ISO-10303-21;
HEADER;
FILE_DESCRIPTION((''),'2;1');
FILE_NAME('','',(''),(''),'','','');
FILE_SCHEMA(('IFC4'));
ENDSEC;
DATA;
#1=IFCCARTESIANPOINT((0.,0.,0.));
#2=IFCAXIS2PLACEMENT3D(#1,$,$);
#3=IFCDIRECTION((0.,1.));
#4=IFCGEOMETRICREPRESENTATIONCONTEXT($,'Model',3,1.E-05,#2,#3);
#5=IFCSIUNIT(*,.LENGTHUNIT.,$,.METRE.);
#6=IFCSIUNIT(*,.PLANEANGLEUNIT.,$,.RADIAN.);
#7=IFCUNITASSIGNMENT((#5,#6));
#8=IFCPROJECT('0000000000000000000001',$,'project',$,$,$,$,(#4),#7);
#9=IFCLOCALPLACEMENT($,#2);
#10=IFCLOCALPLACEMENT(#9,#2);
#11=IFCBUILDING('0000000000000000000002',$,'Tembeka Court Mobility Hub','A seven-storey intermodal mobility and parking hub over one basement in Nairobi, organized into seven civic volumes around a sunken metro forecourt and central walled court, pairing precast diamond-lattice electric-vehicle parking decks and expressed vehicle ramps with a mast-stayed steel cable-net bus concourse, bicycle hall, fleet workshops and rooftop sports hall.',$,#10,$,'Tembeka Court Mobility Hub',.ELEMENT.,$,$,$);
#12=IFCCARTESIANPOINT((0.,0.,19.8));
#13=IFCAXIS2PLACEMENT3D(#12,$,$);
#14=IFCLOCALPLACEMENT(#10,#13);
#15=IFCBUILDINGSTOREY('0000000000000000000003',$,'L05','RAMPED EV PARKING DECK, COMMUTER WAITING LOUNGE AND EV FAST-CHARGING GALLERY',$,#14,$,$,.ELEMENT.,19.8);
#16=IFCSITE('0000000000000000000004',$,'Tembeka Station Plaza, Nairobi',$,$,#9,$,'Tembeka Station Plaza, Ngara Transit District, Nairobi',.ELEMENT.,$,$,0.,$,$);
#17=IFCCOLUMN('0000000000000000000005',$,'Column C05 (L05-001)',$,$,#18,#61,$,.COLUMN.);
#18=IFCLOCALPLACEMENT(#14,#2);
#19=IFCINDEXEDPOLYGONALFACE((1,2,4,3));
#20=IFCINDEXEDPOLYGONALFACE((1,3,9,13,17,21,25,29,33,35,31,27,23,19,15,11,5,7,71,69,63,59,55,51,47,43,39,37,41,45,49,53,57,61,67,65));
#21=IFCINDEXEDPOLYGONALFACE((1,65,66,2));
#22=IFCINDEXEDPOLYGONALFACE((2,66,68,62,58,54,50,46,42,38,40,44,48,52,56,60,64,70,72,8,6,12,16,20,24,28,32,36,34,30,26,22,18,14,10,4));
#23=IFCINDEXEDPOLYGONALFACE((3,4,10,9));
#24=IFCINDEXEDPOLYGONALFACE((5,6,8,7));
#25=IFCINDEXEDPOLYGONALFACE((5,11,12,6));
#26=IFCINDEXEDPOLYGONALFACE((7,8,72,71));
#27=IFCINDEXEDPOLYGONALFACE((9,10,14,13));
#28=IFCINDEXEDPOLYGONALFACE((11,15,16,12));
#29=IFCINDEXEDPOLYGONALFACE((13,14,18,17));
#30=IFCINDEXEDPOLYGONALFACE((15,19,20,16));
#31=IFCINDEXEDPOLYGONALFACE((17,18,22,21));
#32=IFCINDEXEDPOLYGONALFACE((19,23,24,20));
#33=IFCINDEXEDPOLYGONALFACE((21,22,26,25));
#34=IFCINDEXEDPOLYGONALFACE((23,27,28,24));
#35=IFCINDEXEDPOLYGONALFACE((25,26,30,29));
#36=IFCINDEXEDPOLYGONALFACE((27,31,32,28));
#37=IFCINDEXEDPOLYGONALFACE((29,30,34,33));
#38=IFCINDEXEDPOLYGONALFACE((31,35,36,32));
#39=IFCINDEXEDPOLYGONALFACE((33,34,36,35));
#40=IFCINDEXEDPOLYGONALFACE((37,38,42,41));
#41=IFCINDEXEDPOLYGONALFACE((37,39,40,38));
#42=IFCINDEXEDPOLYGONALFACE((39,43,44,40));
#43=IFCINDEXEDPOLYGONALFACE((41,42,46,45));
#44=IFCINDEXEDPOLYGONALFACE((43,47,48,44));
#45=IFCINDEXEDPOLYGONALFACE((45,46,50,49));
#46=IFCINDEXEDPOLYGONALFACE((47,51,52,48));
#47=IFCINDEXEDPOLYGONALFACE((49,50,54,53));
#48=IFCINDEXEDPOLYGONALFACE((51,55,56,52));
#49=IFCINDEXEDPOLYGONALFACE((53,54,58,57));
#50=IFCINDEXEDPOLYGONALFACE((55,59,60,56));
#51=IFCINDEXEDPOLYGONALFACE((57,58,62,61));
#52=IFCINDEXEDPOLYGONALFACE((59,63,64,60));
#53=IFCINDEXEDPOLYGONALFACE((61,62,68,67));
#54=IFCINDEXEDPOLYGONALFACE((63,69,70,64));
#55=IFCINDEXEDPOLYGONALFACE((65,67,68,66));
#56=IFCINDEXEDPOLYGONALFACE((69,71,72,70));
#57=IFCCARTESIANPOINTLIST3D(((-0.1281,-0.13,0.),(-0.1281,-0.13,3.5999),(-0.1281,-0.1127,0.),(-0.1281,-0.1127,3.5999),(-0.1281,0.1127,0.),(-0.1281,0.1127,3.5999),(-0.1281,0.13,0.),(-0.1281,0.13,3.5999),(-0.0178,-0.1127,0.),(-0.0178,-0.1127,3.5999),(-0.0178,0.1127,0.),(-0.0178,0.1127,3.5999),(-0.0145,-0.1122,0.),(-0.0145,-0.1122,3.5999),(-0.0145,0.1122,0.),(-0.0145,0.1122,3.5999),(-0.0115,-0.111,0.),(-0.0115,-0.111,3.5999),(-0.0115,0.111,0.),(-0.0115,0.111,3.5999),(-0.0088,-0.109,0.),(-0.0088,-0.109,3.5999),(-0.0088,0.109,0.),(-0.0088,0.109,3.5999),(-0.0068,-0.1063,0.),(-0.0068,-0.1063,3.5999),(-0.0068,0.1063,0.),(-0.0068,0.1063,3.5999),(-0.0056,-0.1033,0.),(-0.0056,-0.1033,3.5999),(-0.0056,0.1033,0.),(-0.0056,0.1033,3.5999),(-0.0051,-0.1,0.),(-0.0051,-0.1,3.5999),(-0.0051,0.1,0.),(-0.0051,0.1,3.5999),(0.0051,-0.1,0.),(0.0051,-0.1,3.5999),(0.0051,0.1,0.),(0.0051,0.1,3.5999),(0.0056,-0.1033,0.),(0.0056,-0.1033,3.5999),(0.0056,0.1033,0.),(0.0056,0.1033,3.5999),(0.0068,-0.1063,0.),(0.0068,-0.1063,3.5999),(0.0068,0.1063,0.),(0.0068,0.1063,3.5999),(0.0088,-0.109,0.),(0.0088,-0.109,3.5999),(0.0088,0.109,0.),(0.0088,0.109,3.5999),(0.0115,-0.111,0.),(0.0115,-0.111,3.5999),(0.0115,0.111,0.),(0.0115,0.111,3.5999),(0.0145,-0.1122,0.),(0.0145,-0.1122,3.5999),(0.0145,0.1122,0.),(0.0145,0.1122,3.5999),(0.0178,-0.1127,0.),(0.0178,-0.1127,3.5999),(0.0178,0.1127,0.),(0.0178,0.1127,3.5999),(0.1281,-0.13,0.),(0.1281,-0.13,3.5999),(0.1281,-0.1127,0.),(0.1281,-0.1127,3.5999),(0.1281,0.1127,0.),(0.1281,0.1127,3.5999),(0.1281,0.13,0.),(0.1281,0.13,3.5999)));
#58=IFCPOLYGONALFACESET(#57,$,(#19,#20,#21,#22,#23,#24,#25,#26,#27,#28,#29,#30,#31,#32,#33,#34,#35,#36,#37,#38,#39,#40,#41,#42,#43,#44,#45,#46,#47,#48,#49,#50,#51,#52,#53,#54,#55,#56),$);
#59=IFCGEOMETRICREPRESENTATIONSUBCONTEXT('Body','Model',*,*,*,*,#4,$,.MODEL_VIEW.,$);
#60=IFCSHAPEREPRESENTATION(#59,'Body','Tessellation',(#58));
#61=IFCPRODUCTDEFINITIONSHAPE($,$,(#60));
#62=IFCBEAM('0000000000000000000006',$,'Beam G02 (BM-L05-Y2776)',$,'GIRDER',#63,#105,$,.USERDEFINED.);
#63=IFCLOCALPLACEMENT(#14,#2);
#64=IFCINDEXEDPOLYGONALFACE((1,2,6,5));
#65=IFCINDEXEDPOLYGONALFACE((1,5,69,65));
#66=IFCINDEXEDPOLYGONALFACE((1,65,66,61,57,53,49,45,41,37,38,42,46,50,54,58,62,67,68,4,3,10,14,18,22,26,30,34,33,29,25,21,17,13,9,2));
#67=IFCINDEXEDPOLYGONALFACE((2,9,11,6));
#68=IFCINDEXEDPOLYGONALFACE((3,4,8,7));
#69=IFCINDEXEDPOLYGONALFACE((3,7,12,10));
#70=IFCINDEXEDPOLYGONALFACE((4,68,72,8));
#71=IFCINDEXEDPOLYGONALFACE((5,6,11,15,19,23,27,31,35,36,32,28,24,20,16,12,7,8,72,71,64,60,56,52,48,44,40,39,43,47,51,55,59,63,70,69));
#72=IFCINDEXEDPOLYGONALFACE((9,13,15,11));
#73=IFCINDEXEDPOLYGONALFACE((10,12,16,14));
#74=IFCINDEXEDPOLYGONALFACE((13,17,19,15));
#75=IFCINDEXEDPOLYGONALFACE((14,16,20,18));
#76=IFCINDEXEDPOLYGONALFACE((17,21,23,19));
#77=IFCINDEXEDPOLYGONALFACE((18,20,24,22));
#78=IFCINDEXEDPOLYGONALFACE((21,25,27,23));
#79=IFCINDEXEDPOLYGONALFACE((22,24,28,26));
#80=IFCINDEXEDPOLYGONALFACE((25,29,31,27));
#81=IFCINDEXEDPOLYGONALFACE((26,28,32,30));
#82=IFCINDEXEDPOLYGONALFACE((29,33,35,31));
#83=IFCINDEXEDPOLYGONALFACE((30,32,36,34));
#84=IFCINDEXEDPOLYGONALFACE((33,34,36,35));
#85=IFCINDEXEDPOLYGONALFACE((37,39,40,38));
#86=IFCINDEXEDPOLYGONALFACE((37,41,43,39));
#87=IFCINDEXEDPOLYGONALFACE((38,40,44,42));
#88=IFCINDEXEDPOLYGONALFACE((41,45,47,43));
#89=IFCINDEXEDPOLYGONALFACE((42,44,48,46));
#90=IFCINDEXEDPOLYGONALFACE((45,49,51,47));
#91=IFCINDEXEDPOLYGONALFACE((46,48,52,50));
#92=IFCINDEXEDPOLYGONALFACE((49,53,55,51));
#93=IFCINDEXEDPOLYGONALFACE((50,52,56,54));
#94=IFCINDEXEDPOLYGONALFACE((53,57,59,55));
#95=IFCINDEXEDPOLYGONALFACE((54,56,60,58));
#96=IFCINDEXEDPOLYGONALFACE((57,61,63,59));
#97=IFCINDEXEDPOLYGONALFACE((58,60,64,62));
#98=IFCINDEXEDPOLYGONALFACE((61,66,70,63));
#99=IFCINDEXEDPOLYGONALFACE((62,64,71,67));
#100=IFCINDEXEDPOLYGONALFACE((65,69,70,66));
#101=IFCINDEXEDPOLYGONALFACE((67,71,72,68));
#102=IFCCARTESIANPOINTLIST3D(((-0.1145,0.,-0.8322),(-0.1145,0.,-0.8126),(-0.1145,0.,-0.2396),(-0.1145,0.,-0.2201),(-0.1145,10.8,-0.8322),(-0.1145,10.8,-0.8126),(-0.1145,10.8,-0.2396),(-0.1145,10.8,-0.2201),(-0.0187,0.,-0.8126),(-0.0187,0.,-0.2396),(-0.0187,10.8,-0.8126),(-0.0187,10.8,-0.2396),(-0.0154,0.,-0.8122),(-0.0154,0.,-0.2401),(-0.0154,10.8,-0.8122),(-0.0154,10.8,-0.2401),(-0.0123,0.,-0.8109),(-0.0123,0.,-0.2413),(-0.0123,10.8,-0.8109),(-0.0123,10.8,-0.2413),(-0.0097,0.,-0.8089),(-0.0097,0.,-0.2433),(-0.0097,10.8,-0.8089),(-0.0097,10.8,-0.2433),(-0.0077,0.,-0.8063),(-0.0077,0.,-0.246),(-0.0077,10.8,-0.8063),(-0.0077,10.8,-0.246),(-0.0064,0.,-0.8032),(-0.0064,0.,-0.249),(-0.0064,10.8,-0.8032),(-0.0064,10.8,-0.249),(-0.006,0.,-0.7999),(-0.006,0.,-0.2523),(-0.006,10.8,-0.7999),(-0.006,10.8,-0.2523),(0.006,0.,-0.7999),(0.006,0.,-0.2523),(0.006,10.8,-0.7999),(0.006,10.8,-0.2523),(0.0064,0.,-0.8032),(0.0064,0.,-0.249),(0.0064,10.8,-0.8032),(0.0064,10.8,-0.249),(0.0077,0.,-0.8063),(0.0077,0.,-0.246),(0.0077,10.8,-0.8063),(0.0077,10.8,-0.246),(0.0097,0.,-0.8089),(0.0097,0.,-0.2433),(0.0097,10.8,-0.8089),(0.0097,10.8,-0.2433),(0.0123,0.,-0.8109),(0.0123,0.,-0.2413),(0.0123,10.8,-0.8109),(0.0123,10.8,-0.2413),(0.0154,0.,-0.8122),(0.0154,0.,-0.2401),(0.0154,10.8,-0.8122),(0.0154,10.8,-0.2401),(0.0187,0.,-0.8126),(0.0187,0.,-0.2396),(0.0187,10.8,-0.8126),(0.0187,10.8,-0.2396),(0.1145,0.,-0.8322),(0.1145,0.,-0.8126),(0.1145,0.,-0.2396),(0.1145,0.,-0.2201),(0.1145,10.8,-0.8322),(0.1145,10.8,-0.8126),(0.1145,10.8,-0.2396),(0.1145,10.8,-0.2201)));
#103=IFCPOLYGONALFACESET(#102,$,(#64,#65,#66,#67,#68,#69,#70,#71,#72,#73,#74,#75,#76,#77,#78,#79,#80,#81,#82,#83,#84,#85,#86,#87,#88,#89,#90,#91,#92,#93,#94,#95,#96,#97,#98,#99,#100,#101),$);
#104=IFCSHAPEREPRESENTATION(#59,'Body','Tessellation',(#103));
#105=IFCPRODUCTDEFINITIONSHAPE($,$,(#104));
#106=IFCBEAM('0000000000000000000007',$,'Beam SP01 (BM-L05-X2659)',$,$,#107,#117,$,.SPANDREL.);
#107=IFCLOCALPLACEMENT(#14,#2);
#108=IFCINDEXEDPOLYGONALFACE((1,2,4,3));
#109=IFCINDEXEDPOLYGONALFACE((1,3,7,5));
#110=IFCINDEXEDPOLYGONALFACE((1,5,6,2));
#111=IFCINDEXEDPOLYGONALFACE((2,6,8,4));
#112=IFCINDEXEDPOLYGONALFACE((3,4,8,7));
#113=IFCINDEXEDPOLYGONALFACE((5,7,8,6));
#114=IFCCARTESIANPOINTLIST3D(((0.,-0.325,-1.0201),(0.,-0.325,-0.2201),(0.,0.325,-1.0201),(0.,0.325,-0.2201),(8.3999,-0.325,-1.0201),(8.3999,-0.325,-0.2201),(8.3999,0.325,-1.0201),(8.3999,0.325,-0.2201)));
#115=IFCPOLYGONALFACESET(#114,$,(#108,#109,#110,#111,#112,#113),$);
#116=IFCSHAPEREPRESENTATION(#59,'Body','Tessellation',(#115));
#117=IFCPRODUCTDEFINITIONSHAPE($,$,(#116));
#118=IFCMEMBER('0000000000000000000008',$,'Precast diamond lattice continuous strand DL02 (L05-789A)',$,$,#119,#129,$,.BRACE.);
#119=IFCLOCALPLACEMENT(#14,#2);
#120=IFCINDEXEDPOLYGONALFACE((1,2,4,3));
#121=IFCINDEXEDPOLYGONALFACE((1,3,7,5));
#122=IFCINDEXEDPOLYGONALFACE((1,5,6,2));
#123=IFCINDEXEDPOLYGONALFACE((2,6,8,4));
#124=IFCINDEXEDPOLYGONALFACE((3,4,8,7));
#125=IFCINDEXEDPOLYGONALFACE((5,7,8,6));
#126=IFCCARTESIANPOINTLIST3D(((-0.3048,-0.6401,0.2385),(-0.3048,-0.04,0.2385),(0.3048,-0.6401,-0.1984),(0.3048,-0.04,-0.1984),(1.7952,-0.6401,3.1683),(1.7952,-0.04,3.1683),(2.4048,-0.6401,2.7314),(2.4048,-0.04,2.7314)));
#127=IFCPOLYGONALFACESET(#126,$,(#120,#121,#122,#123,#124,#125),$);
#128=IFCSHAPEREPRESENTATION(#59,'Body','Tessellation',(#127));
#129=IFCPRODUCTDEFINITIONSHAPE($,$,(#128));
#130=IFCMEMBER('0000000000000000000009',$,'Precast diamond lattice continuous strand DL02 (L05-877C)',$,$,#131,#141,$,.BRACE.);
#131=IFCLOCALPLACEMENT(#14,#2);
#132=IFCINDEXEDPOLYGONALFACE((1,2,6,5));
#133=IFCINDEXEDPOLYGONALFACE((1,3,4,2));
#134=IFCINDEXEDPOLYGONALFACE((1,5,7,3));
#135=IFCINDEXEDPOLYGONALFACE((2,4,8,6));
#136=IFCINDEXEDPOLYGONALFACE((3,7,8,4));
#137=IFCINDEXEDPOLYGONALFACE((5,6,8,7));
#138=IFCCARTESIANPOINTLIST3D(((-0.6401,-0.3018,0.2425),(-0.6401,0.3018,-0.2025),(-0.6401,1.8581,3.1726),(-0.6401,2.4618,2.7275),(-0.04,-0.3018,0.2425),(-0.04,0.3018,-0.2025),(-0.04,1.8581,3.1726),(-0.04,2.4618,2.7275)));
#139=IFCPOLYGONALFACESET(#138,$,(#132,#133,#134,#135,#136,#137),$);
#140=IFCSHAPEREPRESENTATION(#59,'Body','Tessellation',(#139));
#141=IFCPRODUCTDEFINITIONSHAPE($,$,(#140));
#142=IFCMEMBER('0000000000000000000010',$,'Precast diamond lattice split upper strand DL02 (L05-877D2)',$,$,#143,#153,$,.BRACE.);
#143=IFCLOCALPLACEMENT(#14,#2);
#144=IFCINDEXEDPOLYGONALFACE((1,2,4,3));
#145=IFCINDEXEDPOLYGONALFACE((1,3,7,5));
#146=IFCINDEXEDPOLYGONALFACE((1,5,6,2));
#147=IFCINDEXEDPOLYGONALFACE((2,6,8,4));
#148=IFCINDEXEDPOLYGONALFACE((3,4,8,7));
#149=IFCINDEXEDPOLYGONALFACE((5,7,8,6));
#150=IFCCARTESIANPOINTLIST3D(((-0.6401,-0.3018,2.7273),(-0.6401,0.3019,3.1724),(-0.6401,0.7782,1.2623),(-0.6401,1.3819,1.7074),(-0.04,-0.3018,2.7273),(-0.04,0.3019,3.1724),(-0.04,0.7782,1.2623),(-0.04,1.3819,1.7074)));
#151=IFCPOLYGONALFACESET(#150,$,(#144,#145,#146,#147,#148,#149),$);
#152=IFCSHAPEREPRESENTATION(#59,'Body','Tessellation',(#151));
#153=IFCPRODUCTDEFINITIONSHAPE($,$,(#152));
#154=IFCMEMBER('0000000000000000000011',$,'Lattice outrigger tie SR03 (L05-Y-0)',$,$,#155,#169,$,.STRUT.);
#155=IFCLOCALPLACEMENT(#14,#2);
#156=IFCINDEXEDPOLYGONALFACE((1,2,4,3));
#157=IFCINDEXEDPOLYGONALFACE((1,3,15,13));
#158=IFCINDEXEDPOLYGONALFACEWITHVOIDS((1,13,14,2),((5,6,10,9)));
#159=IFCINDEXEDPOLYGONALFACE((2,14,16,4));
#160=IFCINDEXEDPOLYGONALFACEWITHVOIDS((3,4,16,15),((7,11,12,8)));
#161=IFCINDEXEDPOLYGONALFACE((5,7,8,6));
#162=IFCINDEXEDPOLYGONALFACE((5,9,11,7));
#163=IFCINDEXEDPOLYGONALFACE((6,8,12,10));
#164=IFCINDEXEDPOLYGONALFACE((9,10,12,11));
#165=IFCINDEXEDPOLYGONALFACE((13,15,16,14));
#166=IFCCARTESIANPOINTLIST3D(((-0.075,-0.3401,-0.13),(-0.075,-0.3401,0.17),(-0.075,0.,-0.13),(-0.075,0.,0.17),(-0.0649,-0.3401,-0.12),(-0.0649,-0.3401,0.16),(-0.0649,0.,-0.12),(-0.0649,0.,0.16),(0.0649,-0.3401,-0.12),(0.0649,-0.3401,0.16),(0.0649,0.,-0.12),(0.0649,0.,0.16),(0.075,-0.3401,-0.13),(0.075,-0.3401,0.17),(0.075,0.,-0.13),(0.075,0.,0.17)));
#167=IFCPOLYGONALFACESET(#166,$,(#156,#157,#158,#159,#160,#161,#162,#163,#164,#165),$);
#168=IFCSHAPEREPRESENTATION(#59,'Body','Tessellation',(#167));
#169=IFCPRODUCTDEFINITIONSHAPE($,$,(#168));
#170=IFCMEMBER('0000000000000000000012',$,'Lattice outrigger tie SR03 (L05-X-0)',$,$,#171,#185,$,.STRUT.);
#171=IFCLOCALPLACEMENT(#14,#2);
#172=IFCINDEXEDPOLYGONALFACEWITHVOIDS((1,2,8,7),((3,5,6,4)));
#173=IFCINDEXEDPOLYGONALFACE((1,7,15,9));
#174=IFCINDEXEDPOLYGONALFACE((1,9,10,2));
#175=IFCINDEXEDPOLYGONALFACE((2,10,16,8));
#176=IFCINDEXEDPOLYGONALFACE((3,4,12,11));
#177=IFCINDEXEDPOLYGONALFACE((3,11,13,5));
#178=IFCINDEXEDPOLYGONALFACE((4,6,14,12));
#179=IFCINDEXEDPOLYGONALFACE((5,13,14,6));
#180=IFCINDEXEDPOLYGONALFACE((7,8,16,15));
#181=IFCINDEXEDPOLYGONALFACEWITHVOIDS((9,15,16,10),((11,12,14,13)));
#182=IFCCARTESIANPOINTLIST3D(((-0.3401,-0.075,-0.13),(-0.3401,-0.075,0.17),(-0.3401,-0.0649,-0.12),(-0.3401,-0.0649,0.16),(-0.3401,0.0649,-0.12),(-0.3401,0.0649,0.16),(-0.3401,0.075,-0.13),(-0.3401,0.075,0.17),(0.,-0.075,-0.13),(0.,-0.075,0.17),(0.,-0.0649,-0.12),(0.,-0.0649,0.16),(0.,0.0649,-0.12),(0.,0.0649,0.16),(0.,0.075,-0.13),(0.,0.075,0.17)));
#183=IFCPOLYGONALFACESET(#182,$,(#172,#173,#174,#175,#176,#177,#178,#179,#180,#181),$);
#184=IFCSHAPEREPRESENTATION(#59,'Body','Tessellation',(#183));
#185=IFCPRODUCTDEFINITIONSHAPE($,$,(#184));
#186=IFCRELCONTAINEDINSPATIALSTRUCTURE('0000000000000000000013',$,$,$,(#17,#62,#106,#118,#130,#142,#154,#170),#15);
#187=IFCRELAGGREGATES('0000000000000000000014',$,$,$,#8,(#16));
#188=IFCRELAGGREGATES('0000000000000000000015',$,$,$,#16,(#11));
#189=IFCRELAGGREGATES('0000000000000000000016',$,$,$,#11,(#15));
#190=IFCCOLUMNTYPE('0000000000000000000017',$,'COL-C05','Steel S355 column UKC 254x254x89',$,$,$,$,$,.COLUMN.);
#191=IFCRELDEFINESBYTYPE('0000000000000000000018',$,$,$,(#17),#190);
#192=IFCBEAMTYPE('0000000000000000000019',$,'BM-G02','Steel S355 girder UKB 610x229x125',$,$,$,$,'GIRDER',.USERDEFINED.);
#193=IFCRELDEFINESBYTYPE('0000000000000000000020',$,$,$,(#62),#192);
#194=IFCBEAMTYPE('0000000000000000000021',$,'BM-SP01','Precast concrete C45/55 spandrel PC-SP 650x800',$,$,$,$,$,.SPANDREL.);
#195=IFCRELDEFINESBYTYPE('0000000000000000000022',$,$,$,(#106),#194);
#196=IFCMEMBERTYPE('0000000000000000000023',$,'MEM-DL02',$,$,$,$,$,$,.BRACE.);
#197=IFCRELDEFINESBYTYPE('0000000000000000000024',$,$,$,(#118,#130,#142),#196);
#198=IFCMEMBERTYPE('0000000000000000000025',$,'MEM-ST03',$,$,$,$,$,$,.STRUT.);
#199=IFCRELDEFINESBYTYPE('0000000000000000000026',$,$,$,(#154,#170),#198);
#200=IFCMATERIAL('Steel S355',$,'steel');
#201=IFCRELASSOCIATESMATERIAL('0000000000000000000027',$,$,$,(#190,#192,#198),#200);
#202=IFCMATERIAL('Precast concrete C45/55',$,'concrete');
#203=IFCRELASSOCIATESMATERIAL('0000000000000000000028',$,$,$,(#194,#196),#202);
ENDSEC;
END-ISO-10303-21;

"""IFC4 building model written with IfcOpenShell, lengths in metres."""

from ifc_helpers import new_model, si_unit, direction, frame, origin, origin_with_axes, origin_2d, place, context, subcontext, project, spatial, rectangle, hollow_rectangle, i_section, extrude, material, material_profile, profile_set, type_object, element, save


model = new_model("IFC4")

# Units and contexts
model_context = context("Model", 3, precision=1e-05, world=origin(), true_north=direction((0.0, 1.0)))
body_context = subcontext(model_context, "Body", "Model", "MODEL_VIEW")
ifc_project = project(units=[si_unit("LENGTHUNIT", "METRE"), si_unit("PLANEANGLEUNIT", "RADIAN")], contexts=[model_context])

# Site, building, storey
site_placement = place(None, origin())
site = spatial("IfcSite", under=ifc_project, at=site_placement, Name="Tembeka Station Plaza, Nairobi", LongName="Tembeka Station Plaza, Ngara Transit District, Nairobi", CompositionType="ELEMENT", RefElevation=0.0)
building_placement = place(site_placement, origin())
building = spatial("IfcBuilding", under=site, at=building_placement, Name="Tembeka Court Mobility Hub", Description="A seven-storey intermodal mobility and parking hub over one basement in Nairobi, organized into seven civic volumes around a sunken metro forecourt and central walled court, pairing precast diamond-lattice electric-vehicle parking decks and expressed vehicle ramps with a mast-stayed steel cable-net bus concourse, bicycle hall, fleet workshops and rooftop sports hall.", LongName="Tembeka Court Mobility Hub", CompositionType="ELEMENT")
storey_placement = place(building_placement, frame((0.0, 0.0, 19.8)))
storey = spatial("IfcBuildingStorey", under=building, at=storey_placement, Name="L05", Description="RAMPED EV PARKING DECK, COMMUTER WAITING LOUNGE AND EV FAST-CHARGING GALLERY", CompositionType="ELEMENT", Elevation=19.8)

# Column
ifc_material_1 = material(Name="Steel S355", Category="steel")
ifc_material_profile_1 = material_profile(ifc_material_1, i_section(OverallWidth=0.2561, OverallDepth=0.26, WebThickness=0.0103, FlangeThickness=0.0173, FilletRadius=0.0127, at=origin_2d()), Name="UKC 254x254x89")
ifc_profile_set_1 = profile_set([ifc_material_profile_1], Name="Steel S355")
column_type = type_object("IfcColumnType", Name="COL-C05", Description="Steel S355 column UKC 254x254x89", PredefinedType="COLUMN", material=ifc_profile_set_1)
column_placement = place(storey_placement, origin_with_axes())
element("IfcColumn", 1, at=column_placement, inside=storey, type_object=column_type, Name="Column C05 (L05-001)", PredefinedType="COLUMN", context=body_context, shape_type="SweptSolid", body=[
    extrude(i_section(OverallWidth=0.2561, OverallDepth=0.26, WebThickness=0.0103, FlangeThickness=0.0173, FilletRadius=0.0127, at=origin_2d()), origin(), (0.0, 0.0, 1.0), 3.5999),
])

# Beams
ifc_material_profile_2 = material_profile(ifc_material_1, i_section(OverallWidth=0.229, OverallDepth=0.6121, WebThickness=0.012, FlangeThickness=0.0195, FilletRadius=0.0127, at=origin_2d()), Name="UKB 610x229x125")
ifc_profile_set_2 = profile_set([ifc_material_profile_2], Name="Steel S355")
beam_type_1 = type_object("IfcBeamType", Name="BM-G02", Description="Steel S355 girder UKB 610x229x125", ElementType="GIRDER", PredefinedType="USERDEFINED", material=ifc_profile_set_2)
beam_1_placement = place(storey_placement, frame((0.0, 0.0, -0.5261), z_axis=(0.0, 1.0, 0.0), x_axis=(-1.0, 0.0, 0.0)))
element("IfcBeam", 2, at=beam_1_placement, inside=storey, type_object=beam_type_1, Name="Beam G02 (BM-L05-Y2776)", ObjectType="GIRDER", PredefinedType="USERDEFINED", context=body_context, shape_type="SweptSolid", body=[
    extrude(i_section(OverallWidth=0.229, OverallDepth=0.6121, WebThickness=0.012, FlangeThickness=0.0195, FilletRadius=0.0127, at=origin_2d()), origin(), (0.0, 0.0, 1.0), 10.8),
])
ifc_material_2 = material(Name="Precast concrete C45/55", Category="concrete")
ifc_material_profile_3 = material_profile(ifc_material_2, rectangle(XDim=0.6499, YDim=0.8, at=origin_2d()), Name="PC-SP 650x800")
ifc_profile_set_3 = profile_set([ifc_material_profile_3], Name="Precast concrete C45/55")
beam_type_2 = type_object("IfcBeamType", Name="BM-SP01", Description="Precast concrete C45/55 spandrel PC-SP 650x800", PredefinedType="SPANDREL", material=ifc_profile_set_3)
beam_2_placement = place(storey_placement, frame((0.0, 0.0, -0.6201), z_axis=(1.0, 0.0, 0.0), x_axis=(0.0, 1.0, 0.0)))
element("IfcBeam", 3, at=beam_2_placement, inside=storey, type_object=beam_type_2, Name="Beam SP01 (BM-L05-X2659)", PredefinedType="SPANDREL", context=body_context, shape_type="SweptSolid", body=[
    extrude(rectangle(XDim=0.6499, YDim=0.8, at=origin_2d()), origin(), (0.0, 0.0, 1.0), 8.3999),
])

# Members
ifc_material_profile_4 = material_profile(ifc_material_2, rectangle(XDim=0.6001, YDim=0.75, at=origin_2d()), Name="PC-DIAG 600x750")
ifc_profile_set_4 = profile_set([ifc_material_profile_4], Name="Precast concrete C45/55")
member_type_1 = type_object("IfcMemberType", Name="MEM-DL02", PredefinedType="BRACE", material=ifc_profile_set_4)
member_1_placement = place(storey_placement, frame((0.0, -0.3401, 0.02), z_axis=(0.582576, 0.0, 0.812776), x_axis=(0.0, 1.0, 0.0)))
element("IfcMember", 4, at=member_1_placement, inside=storey, type_object=member_type_1, Name="Precast diamond lattice continuous strand DL02 (L05-789A)", PredefinedType="BRACE", context=body_context, shape_type="SweptSolid", body=[
    extrude(rectangle(XDim=0.6001, YDim=0.75, at=origin_2d()), origin(), (0.0, 0.0, 1.0), 3.6047),
])
member_2_placement = place(storey_placement, frame((-0.3401, 0.0, 0.02), z_axis=(0.0, 0.59338, 0.804923), x_axis=(-1.0, 0.0, 0.0)))
element("IfcMember", 5, at=member_2_placement, inside=storey, type_object=member_type_1, Name="Precast diamond lattice continuous strand DL02 (L05-877C)", PredefinedType="BRACE", context=body_context, shape_type="SweptSolid", body=[
    extrude(rectangle(XDim=0.6001, YDim=0.75, at=origin_2d()), origin(), (0.0, 0.0, 1.0), 3.6401),
])
member_3_placement = place(storey_placement, frame((-0.3401, 1.0801, 1.4849), z_axis=(0.0, -0.593391, 0.804914), x_axis=(1.0, 0.0, 0.0)))
element("IfcMember", 6, at=member_3_placement, inside=storey, type_object=member_type_1, Name="Precast diamond lattice split upper strand DL02 (L05-877D2)", PredefinedType="BRACE", context=body_context, shape_type="SweptSolid", body=[
    extrude(rectangle(XDim=0.6001, YDim=0.75, at=origin_2d()), origin(), (0.0, 0.0, 1.0), 1.8201),
])
ifc_material_profile_5 = material_profile(ifc_material_1, hollow_rectangle(XDim=0.1499, YDim=0.3, WallThickness=0.01, at=origin_2d()), Name="RHS 300x150x10")
ifc_profile_set_5 = profile_set([ifc_material_profile_5], Name="Steel S355")
member_type_2 = type_object("IfcMemberType", Name="MEM-ST03", PredefinedType="STRUT", material=ifc_profile_set_5)
for number, where, z_axis, x_axis, name in (
    (7, (0.0, 0.0, 0.02), (0.0, -1.0, 0.0), (1.0, 0.0, 0.0), "Lattice outrigger tie SR03 (L05-Y-0)"),
    (8, (0.0, 0.0, 0.02), (-1.0, 0.0, 0.0), (0.0, -1.0, 0.0), "Lattice outrigger tie SR03 (L05-X-0)"),
):
    element("IfcMember", number, at=place(storey_placement, frame(where, z_axis=z_axis, x_axis=x_axis)), inside=storey, type_object=member_type_2, Name=name, PredefinedType="STRUT", context=body_context, shape_type="SweptSolid", body=[
        extrude(hollow_rectangle(XDim=0.1499, YDim=0.3, WallThickness=0.01, at=origin_2d()), origin(), (0.0, 0.0, 1.0), 0.3401),
    ])

save(model, "model.ifc")
